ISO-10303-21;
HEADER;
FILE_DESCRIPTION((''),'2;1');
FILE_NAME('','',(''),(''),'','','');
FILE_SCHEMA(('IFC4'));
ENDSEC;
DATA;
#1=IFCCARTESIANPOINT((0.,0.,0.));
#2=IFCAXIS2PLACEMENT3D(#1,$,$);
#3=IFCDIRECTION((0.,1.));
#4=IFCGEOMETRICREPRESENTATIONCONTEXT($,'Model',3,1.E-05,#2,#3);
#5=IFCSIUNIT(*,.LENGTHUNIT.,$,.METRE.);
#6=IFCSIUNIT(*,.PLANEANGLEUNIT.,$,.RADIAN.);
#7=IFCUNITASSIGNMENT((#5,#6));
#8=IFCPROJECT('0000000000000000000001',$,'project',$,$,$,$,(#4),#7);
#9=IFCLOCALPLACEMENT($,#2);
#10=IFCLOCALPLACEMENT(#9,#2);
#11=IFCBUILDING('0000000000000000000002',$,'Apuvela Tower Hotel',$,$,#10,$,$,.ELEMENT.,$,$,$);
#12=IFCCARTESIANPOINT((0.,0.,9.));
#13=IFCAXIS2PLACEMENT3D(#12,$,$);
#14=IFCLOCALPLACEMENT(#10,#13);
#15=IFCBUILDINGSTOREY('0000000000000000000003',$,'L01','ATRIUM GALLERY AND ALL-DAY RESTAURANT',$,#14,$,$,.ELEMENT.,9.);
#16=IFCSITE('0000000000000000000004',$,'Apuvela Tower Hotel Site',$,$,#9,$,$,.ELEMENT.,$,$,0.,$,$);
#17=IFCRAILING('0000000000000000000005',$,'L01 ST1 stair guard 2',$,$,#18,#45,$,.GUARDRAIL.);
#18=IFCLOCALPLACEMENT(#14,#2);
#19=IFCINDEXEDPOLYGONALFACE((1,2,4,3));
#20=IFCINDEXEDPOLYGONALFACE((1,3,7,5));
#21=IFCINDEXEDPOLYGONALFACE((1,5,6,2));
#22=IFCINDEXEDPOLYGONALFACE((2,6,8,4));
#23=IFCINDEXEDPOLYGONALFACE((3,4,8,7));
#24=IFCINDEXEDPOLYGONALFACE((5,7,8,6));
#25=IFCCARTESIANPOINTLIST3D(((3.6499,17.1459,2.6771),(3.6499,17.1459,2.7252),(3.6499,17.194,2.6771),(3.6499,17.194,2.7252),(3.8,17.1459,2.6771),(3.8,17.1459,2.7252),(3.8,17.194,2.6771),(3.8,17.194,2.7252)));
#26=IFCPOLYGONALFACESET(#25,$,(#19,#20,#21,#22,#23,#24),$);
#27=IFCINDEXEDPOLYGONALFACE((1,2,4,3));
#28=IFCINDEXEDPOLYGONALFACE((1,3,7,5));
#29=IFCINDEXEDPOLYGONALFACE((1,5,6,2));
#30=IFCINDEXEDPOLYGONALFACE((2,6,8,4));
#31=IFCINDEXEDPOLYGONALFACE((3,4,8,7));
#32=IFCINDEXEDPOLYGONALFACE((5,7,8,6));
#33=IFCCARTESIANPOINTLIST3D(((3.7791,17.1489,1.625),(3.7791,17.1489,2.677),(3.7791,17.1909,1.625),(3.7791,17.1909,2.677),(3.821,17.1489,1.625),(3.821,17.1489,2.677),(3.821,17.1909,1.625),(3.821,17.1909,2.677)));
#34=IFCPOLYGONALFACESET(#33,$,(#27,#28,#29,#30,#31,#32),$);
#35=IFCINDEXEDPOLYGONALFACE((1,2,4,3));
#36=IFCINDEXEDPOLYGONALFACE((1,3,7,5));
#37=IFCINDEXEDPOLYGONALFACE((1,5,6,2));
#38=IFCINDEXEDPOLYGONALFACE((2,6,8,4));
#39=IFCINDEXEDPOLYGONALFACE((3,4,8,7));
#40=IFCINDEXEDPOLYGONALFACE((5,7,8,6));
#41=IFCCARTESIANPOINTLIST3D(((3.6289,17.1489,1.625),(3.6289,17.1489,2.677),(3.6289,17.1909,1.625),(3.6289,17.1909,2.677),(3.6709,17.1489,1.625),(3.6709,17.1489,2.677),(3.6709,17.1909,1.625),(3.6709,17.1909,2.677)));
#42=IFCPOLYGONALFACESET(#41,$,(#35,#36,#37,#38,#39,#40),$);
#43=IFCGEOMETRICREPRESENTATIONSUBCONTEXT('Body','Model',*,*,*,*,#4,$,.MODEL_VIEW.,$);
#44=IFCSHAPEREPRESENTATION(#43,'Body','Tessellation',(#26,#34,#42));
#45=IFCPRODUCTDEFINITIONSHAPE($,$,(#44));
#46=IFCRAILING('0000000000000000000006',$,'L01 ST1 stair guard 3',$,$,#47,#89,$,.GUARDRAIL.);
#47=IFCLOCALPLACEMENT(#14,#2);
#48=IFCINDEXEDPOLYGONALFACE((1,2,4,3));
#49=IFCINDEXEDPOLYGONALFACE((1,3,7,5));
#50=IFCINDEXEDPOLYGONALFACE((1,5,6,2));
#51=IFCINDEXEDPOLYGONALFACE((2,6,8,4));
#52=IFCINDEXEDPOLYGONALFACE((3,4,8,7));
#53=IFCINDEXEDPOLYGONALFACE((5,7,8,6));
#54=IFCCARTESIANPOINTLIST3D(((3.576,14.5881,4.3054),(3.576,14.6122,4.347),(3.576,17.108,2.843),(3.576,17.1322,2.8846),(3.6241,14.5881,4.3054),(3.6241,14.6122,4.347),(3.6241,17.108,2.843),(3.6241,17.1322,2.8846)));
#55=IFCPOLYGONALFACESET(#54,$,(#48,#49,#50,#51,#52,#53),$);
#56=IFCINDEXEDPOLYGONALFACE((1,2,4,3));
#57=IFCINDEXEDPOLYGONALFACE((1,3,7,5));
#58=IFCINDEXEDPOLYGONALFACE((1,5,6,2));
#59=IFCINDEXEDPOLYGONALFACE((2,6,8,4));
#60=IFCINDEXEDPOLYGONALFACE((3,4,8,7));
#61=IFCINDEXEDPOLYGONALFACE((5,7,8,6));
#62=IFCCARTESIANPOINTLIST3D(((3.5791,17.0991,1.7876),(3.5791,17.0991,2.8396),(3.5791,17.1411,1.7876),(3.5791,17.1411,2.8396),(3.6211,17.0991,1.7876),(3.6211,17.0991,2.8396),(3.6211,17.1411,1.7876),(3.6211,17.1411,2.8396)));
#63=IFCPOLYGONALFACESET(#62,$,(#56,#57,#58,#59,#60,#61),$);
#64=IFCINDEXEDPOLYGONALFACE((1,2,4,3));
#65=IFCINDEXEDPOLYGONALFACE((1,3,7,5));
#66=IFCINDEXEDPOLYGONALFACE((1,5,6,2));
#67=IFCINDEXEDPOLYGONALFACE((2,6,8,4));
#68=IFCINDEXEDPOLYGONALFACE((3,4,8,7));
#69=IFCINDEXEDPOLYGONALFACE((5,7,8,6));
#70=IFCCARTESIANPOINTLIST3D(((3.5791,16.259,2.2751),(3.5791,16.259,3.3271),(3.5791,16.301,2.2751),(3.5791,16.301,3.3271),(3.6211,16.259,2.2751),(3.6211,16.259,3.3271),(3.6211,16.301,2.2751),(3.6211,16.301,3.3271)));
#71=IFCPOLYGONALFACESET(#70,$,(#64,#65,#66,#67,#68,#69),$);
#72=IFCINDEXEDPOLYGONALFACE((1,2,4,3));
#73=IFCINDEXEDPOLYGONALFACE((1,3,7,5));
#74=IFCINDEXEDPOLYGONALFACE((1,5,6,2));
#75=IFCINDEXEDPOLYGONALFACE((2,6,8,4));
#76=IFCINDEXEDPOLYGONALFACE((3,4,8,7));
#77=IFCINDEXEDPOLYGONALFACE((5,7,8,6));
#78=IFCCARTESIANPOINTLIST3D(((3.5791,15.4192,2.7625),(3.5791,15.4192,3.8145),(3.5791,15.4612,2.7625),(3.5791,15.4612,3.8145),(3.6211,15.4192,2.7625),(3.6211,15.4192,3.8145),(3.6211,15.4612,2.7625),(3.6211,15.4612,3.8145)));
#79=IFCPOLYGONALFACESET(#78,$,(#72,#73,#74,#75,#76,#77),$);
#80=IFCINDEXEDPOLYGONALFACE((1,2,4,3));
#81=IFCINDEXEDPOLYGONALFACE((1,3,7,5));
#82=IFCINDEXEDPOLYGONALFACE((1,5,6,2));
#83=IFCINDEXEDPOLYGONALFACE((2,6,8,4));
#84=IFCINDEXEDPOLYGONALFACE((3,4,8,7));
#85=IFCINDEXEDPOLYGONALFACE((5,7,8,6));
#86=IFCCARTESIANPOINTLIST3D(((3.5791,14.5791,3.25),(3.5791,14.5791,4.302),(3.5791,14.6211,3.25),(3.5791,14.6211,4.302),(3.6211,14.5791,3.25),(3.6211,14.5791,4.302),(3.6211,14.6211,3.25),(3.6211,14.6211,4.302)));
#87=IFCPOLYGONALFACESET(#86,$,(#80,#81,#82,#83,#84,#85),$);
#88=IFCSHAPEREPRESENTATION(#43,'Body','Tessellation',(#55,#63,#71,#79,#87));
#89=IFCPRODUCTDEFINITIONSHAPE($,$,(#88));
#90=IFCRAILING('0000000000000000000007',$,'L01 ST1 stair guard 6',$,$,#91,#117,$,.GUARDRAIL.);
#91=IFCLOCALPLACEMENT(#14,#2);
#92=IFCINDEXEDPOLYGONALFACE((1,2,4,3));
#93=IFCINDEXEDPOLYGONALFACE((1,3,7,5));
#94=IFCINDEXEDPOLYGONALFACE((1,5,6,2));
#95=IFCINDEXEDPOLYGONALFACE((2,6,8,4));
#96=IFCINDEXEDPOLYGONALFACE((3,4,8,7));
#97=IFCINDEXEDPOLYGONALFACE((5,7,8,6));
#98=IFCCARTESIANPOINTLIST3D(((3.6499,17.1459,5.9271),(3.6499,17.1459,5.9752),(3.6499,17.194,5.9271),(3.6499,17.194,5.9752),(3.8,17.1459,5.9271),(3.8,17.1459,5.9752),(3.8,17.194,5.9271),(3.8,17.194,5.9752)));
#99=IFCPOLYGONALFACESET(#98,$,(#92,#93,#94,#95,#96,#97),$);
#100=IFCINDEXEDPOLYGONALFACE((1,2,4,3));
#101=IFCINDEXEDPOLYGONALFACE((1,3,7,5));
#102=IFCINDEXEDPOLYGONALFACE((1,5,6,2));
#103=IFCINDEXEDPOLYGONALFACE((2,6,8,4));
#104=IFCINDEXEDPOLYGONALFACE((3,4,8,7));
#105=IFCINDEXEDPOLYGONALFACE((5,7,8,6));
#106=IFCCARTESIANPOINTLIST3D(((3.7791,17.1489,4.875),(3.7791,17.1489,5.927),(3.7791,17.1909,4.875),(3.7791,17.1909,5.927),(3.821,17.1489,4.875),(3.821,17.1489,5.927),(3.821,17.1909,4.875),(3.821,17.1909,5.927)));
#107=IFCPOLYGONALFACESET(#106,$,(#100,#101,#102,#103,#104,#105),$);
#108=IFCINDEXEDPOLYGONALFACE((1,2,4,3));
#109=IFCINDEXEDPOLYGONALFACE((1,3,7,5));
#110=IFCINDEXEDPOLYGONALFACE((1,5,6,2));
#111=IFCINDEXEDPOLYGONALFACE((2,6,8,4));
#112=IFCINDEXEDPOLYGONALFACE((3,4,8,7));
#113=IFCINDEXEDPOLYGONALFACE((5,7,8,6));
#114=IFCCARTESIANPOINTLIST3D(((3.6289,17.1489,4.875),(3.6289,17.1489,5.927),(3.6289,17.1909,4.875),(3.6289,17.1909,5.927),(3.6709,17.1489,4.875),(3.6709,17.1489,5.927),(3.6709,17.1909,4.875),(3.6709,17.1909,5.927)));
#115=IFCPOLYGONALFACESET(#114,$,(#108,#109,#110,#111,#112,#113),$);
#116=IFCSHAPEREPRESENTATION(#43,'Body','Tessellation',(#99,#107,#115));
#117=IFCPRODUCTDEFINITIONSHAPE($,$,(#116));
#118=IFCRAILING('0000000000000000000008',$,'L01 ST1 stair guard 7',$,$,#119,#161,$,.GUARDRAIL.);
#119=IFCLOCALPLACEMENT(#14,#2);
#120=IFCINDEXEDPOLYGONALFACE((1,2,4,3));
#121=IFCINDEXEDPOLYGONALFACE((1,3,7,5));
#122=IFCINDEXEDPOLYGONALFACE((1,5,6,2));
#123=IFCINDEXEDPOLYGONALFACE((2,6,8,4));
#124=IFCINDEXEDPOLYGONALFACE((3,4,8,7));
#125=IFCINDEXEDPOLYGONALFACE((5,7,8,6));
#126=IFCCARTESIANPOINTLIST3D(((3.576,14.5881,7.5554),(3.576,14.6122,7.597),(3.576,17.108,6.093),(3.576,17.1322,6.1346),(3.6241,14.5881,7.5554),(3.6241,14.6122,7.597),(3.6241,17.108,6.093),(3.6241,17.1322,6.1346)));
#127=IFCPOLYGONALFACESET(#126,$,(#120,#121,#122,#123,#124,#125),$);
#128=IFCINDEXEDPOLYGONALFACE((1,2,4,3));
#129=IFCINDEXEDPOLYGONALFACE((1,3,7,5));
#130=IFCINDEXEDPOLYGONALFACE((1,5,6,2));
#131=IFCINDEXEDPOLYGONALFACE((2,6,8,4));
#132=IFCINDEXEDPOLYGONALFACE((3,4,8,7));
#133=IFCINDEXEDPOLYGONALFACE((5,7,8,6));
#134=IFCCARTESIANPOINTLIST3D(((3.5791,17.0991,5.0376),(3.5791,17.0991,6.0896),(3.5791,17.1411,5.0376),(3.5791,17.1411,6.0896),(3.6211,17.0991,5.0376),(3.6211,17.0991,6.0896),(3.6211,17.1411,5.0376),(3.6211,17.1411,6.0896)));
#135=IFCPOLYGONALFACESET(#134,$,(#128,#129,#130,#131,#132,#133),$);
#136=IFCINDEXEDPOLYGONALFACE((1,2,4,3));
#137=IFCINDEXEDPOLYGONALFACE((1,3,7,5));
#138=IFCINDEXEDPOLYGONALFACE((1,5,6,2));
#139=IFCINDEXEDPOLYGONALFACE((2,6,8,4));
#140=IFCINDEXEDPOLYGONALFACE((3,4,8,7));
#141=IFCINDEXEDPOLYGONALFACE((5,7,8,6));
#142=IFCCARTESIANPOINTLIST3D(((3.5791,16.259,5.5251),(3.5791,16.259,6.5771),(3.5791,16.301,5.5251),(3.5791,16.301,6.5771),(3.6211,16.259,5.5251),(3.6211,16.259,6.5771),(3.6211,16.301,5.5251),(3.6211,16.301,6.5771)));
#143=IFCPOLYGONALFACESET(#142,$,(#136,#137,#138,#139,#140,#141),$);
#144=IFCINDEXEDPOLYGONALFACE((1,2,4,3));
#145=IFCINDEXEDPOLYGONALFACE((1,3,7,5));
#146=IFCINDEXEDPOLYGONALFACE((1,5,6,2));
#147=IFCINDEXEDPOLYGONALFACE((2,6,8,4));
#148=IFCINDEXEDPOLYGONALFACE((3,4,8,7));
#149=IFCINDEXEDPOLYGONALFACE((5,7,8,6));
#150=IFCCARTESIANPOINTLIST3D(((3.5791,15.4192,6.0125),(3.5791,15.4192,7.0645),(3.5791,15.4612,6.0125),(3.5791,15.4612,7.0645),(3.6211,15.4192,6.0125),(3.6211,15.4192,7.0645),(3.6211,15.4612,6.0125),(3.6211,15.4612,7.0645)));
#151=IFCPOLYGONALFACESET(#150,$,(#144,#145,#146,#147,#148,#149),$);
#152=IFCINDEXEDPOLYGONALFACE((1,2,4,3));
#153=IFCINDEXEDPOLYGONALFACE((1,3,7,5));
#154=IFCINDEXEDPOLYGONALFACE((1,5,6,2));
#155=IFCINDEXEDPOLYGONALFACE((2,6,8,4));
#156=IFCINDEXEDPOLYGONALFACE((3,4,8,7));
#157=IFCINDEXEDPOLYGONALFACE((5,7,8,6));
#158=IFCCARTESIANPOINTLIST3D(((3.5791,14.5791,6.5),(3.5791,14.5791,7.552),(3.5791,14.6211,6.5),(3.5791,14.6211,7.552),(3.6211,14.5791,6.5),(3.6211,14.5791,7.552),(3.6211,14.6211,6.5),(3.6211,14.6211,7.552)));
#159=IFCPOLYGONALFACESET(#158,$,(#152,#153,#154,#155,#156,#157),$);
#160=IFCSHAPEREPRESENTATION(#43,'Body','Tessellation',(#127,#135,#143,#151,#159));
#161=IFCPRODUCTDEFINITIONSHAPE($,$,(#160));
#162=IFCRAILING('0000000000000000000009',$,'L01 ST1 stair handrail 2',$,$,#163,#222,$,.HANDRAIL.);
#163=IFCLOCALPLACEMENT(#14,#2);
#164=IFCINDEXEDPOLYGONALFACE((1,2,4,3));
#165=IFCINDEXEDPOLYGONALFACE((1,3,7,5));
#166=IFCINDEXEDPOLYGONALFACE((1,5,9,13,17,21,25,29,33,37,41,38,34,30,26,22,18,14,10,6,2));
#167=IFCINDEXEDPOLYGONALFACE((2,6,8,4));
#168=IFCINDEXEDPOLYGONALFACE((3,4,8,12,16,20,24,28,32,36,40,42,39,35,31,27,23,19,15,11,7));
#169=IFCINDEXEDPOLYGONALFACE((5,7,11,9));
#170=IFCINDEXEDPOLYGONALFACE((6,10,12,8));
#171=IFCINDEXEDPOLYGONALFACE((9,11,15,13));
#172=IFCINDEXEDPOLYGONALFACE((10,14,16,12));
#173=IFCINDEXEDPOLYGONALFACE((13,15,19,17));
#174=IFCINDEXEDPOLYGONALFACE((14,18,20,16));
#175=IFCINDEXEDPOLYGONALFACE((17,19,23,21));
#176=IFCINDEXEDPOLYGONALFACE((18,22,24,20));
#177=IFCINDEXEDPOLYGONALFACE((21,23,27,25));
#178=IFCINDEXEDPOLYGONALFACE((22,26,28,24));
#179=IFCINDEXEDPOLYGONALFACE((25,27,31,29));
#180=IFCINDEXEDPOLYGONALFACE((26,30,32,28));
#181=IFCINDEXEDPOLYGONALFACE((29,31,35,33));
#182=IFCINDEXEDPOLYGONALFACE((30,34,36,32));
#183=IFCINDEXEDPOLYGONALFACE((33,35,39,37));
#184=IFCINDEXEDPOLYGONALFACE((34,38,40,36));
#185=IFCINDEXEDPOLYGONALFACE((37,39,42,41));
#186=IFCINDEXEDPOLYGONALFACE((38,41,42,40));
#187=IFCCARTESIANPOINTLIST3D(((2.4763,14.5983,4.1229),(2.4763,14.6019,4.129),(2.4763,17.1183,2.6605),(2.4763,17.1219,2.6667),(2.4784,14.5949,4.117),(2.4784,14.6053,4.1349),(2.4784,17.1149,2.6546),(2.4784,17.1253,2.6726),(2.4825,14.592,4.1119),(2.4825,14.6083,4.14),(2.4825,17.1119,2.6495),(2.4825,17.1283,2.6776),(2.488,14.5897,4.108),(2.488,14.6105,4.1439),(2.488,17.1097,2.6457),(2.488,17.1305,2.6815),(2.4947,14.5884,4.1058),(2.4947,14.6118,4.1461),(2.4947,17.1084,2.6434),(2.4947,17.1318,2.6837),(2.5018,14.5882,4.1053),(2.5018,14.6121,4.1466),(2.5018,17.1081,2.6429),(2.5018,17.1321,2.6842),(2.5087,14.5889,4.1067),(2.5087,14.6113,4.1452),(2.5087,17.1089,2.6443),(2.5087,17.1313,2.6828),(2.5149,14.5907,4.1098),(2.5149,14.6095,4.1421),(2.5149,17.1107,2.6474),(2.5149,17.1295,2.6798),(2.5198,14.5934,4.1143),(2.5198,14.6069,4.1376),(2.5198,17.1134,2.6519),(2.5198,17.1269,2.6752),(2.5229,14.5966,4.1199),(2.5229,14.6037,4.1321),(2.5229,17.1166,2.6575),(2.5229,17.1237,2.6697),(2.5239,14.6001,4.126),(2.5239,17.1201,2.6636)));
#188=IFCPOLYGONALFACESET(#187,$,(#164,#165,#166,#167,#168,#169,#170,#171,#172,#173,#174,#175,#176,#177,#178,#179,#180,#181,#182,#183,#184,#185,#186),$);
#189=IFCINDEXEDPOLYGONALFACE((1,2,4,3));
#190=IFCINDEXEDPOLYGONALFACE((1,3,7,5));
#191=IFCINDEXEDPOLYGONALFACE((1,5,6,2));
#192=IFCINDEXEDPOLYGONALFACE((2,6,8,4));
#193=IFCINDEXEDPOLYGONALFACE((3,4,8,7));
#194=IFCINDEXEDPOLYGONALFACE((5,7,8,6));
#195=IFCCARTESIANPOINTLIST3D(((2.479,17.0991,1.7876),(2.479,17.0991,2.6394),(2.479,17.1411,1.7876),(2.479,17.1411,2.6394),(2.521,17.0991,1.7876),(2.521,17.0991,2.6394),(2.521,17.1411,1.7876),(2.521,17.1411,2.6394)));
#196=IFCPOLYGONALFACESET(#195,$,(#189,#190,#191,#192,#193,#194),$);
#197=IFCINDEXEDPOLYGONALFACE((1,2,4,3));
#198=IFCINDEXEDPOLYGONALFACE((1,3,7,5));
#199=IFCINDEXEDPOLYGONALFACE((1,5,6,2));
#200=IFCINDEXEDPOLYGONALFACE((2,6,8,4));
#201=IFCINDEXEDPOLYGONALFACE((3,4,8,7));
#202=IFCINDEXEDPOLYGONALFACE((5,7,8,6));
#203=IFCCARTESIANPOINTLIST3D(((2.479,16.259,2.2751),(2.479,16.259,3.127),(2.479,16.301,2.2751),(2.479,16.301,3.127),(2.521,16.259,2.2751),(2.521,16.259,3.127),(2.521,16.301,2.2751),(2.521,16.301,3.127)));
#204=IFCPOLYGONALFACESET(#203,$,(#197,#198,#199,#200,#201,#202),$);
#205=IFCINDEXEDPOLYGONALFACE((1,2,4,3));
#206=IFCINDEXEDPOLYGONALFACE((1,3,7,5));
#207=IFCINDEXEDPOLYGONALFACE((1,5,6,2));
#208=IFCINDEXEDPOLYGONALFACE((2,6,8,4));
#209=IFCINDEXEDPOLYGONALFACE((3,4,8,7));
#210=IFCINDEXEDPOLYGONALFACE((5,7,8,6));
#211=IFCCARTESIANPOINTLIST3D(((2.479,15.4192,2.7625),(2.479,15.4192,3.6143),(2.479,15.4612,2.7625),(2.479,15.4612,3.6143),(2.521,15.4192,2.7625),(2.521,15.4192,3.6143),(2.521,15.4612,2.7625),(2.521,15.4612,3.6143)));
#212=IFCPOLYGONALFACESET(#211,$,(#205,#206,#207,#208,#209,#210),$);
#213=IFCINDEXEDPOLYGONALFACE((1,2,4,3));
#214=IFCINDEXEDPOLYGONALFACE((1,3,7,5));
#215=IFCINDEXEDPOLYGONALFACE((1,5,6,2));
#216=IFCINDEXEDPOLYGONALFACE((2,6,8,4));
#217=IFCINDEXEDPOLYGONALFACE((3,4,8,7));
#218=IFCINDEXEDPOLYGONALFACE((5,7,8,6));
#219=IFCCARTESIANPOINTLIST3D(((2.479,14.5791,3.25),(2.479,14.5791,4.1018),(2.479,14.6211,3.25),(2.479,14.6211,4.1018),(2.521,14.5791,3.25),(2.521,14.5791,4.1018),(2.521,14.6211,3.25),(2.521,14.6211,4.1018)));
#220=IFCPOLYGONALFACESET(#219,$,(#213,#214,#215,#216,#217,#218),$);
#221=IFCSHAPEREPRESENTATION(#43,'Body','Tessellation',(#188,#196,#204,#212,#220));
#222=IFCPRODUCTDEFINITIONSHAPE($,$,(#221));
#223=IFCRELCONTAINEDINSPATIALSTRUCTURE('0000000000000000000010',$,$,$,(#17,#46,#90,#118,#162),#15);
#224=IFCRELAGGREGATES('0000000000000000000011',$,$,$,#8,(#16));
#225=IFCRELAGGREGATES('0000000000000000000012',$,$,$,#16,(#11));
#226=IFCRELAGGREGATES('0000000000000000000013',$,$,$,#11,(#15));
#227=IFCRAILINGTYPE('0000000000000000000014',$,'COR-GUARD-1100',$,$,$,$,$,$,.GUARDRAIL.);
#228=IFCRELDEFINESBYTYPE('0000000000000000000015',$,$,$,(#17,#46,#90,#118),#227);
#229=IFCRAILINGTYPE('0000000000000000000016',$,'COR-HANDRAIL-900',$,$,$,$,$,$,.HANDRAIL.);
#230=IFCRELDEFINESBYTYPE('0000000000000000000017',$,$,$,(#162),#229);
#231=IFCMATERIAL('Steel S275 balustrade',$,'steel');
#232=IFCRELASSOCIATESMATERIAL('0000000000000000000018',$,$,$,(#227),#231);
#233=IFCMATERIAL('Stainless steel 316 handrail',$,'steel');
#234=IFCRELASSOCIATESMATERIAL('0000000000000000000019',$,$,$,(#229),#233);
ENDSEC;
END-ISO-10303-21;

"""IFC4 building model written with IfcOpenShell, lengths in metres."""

from ifc_helpers import new_model, si_unit, direction, frame, origin, origin_2d, place, context, subcontext, project, spatial, rectangle, circle, extrude, material, type_object, element, save


model = new_model("IFC4")

# Units and contexts
model_context = context("Model", 3, precision=1e-05, world=origin(), true_north=direction((0.0, 1.0)))
body_context = subcontext(model_context, "Body", "Model", "MODEL_VIEW")
ifc_project = project(units=[si_unit("LENGTHUNIT", "METRE"), si_unit("PLANEANGLEUNIT", "RADIAN")], contexts=[model_context])

# Site, building, storey
site_placement = place(None, origin())
site = spatial("IfcSite", under=ifc_project, at=site_placement, Name="Apuvela Tower Hotel Site", CompositionType="ELEMENT", RefElevation=0.0)
building_placement = place(site_placement, origin())
building = spatial("IfcBuilding", under=site, at=building_placement, Name="Apuvela Tower Hotel", CompositionType="ELEMENT")
storey_placement = place(building_placement, frame((0.0, 0.0, 9.0)))
storey = spatial("IfcBuildingStorey", under=building, at=storey_placement, Name="L01", Description="ATRIUM GALLERY AND ALL-DAY RESTAURANT", CompositionType="ELEMENT", Elevation=9.0)

# Railings
ifc_material_1 = material(Name="Steel S275 balustrade", Category="steel")
railing_type_1 = type_object("IfcRailingType", Name="COR-GUARD-1100", PredefinedType="GUARDRAIL", material=ifc_material_1)
railing_1_placement = place(storey_placement, frame((3.8, 17.1699, 1.625)))
element("IfcRailing", 1, at=railing_1_placement, inside=storey, type_object=railing_type_1, Name="L01 ST1 stair guard 2", PredefinedType="GUARDRAIL", context=body_context, shape_type="SweptSolid", body=[
    extrude(rectangle(XDim=0.0481, YDim=0.0481, at=origin_2d()), frame((0.0, 0.0, 1.0762), z_axis=(-1.0, 0.0, 0.0), x_axis=(0.0, -1.0, 0.0)), (0.0, 0.0, 1.0), 0.1501),
    extrude(rectangle(XDim=0.042, YDim=0.042, at=origin_2d()), origin(), (0.0, 0.0, 1.0), 1.052),
    extrude(rectangle(XDim=0.042, YDim=0.042, at=origin_2d()), frame((-0.1501, 0.0, 0.0)), (0.0, 0.0, 1.0), 1.052),
])
railing_2_placement = place(storey_placement, frame((3.6001, 17.1201, 1.7876)))
element("IfcRailing", 2, at=railing_2_placement, inside=storey, type_object=railing_type_1, Name="L01 ST1 stair guard 3", PredefinedType="GUARDRAIL", context=body_context, shape_type="SweptSolid", body=[
    extrude(rectangle(XDim=0.0481, YDim=0.0481, at=origin_2d()), frame((0.0, 0.0, 1.0762), z_axis=(0.0, -0.864913, 0.501921), x_axis=(1.0, 0.0, 0.0)), (0.0, 0.0, 1.0), 2.9136),
    extrude(rectangle(XDim=0.042, YDim=0.042, at=origin_2d()), origin(), (0.0, 0.0, 1.0), 1.052),
    extrude(rectangle(XDim=0.042, YDim=0.042, at=origin_2d()), frame((0.0, -0.8401, 0.4875)), (0.0, 0.0, 1.0), 1.052),
    extrude(rectangle(XDim=0.042, YDim=0.042, at=origin_2d()), frame((0.0, -1.6799, 0.9749)), (0.0, 0.0, 1.0), 1.052),
    extrude(rectangle(XDim=0.042, YDim=0.042, at=origin_2d()), frame((0.0, -2.52, 1.4624)), (0.0, 0.0, 1.0), 1.052),
])
railing_3_placement = place(storey_placement, frame((3.8, 17.1699, 4.875)))
element("IfcRailing", 3, at=railing_3_placement, inside=storey, type_object=railing_type_1, Name="L01 ST1 stair guard 6", PredefinedType="GUARDRAIL", context=body_context, shape_type="SweptSolid", body=[
    extrude(rectangle(XDim=0.0481, YDim=0.0481, at=origin_2d()), frame((0.0, 0.0, 1.0762), z_axis=(-1.0, 0.0, 0.0), x_axis=(0.0, -1.0, 0.0)), (0.0, 0.0, 1.0), 0.1501),
    extrude(rectangle(XDim=0.042, YDim=0.042, at=origin_2d()), origin(), (0.0, 0.0, 1.0), 1.052),
    extrude(rectangle(XDim=0.042, YDim=0.042, at=origin_2d()), frame((-0.1501, 0.0, 0.0)), (0.0, 0.0, 1.0), 1.052),
])
railing_4_placement = place(storey_placement, frame((3.6001, 17.1201, 5.0376)))
element("IfcRailing", 4, at=railing_4_placement, inside=storey, type_object=railing_type_1, Name="L01 ST1 stair guard 7", PredefinedType="GUARDRAIL", context=body_context, shape_type="SweptSolid", body=[
    extrude(rectangle(XDim=0.0481, YDim=0.0481, at=origin_2d()), frame((0.0, 0.0, 1.0762), z_axis=(0.0, -0.864913, 0.501921), x_axis=(1.0, 0.0, 0.0)), (0.0, 0.0, 1.0), 2.9136),
    extrude(rectangle(XDim=0.042, YDim=0.042, at=origin_2d()), origin(), (0.0, 0.0, 1.0), 1.052),
    extrude(rectangle(XDim=0.042, YDim=0.042, at=origin_2d()), frame((0.0, -0.8401, 0.4875)), (0.0, 0.0, 1.0), 1.052),
    extrude(rectangle(XDim=0.042, YDim=0.042, at=origin_2d()), frame((0.0, -1.6799, 0.9749)), (0.0, 0.0, 1.0), 1.052),
    extrude(rectangle(XDim=0.042, YDim=0.042, at=origin_2d()), frame((0.0, -2.52, 1.4624)), (0.0, 0.0, 1.0), 1.052),
])
ifc_material_2 = material(Name="Stainless steel 316 handrail", Category="steel")
railing_type_2 = type_object("IfcRailingType", Name="COR-HANDRAIL-900", PredefinedType="HANDRAIL", material=ifc_material_2)
railing_5_placement = place(storey_placement, frame((2.5, 17.1201, 1.7876)))
element("IfcRailing", 5, at=railing_5_placement, inside=storey, type_object=railing_type_2, Name="L01 ST1 stair handrail 2", PredefinedType="HANDRAIL", context=body_context, shape_type="SweptSolid", body=[
    extrude(circle(Radius=0.0239, at=origin_2d()), frame((0.0, 0.0, 0.876), z_axis=(0.0, -0.864913, 0.501921), x_axis=(1.0, 0.0, 0.0)), (0.0, 0.0, 1.0), 2.9136),
    extrude(rectangle(XDim=0.042, YDim=0.042, at=origin_2d()), origin(), (0.0, 0.0, 1.0), 0.8518),
    extrude(rectangle(XDim=0.042, YDim=0.042, at=origin_2d()), frame((0.0, -0.8401, 0.4875)), (0.0, 0.0, 1.0), 0.8518),
    extrude(rectangle(XDim=0.042, YDim=0.042, at=origin_2d()), frame((0.0, -1.6799, 0.9749)), (0.0, 0.0, 1.0), 0.8518),
    extrude(rectangle(XDim=0.042, YDim=0.042, at=origin_2d()), frame((0.0, -2.52, 1.4624)), (0.0, 0.0, 1.0), 0.8518),
])

save(model, "model.ifc")
